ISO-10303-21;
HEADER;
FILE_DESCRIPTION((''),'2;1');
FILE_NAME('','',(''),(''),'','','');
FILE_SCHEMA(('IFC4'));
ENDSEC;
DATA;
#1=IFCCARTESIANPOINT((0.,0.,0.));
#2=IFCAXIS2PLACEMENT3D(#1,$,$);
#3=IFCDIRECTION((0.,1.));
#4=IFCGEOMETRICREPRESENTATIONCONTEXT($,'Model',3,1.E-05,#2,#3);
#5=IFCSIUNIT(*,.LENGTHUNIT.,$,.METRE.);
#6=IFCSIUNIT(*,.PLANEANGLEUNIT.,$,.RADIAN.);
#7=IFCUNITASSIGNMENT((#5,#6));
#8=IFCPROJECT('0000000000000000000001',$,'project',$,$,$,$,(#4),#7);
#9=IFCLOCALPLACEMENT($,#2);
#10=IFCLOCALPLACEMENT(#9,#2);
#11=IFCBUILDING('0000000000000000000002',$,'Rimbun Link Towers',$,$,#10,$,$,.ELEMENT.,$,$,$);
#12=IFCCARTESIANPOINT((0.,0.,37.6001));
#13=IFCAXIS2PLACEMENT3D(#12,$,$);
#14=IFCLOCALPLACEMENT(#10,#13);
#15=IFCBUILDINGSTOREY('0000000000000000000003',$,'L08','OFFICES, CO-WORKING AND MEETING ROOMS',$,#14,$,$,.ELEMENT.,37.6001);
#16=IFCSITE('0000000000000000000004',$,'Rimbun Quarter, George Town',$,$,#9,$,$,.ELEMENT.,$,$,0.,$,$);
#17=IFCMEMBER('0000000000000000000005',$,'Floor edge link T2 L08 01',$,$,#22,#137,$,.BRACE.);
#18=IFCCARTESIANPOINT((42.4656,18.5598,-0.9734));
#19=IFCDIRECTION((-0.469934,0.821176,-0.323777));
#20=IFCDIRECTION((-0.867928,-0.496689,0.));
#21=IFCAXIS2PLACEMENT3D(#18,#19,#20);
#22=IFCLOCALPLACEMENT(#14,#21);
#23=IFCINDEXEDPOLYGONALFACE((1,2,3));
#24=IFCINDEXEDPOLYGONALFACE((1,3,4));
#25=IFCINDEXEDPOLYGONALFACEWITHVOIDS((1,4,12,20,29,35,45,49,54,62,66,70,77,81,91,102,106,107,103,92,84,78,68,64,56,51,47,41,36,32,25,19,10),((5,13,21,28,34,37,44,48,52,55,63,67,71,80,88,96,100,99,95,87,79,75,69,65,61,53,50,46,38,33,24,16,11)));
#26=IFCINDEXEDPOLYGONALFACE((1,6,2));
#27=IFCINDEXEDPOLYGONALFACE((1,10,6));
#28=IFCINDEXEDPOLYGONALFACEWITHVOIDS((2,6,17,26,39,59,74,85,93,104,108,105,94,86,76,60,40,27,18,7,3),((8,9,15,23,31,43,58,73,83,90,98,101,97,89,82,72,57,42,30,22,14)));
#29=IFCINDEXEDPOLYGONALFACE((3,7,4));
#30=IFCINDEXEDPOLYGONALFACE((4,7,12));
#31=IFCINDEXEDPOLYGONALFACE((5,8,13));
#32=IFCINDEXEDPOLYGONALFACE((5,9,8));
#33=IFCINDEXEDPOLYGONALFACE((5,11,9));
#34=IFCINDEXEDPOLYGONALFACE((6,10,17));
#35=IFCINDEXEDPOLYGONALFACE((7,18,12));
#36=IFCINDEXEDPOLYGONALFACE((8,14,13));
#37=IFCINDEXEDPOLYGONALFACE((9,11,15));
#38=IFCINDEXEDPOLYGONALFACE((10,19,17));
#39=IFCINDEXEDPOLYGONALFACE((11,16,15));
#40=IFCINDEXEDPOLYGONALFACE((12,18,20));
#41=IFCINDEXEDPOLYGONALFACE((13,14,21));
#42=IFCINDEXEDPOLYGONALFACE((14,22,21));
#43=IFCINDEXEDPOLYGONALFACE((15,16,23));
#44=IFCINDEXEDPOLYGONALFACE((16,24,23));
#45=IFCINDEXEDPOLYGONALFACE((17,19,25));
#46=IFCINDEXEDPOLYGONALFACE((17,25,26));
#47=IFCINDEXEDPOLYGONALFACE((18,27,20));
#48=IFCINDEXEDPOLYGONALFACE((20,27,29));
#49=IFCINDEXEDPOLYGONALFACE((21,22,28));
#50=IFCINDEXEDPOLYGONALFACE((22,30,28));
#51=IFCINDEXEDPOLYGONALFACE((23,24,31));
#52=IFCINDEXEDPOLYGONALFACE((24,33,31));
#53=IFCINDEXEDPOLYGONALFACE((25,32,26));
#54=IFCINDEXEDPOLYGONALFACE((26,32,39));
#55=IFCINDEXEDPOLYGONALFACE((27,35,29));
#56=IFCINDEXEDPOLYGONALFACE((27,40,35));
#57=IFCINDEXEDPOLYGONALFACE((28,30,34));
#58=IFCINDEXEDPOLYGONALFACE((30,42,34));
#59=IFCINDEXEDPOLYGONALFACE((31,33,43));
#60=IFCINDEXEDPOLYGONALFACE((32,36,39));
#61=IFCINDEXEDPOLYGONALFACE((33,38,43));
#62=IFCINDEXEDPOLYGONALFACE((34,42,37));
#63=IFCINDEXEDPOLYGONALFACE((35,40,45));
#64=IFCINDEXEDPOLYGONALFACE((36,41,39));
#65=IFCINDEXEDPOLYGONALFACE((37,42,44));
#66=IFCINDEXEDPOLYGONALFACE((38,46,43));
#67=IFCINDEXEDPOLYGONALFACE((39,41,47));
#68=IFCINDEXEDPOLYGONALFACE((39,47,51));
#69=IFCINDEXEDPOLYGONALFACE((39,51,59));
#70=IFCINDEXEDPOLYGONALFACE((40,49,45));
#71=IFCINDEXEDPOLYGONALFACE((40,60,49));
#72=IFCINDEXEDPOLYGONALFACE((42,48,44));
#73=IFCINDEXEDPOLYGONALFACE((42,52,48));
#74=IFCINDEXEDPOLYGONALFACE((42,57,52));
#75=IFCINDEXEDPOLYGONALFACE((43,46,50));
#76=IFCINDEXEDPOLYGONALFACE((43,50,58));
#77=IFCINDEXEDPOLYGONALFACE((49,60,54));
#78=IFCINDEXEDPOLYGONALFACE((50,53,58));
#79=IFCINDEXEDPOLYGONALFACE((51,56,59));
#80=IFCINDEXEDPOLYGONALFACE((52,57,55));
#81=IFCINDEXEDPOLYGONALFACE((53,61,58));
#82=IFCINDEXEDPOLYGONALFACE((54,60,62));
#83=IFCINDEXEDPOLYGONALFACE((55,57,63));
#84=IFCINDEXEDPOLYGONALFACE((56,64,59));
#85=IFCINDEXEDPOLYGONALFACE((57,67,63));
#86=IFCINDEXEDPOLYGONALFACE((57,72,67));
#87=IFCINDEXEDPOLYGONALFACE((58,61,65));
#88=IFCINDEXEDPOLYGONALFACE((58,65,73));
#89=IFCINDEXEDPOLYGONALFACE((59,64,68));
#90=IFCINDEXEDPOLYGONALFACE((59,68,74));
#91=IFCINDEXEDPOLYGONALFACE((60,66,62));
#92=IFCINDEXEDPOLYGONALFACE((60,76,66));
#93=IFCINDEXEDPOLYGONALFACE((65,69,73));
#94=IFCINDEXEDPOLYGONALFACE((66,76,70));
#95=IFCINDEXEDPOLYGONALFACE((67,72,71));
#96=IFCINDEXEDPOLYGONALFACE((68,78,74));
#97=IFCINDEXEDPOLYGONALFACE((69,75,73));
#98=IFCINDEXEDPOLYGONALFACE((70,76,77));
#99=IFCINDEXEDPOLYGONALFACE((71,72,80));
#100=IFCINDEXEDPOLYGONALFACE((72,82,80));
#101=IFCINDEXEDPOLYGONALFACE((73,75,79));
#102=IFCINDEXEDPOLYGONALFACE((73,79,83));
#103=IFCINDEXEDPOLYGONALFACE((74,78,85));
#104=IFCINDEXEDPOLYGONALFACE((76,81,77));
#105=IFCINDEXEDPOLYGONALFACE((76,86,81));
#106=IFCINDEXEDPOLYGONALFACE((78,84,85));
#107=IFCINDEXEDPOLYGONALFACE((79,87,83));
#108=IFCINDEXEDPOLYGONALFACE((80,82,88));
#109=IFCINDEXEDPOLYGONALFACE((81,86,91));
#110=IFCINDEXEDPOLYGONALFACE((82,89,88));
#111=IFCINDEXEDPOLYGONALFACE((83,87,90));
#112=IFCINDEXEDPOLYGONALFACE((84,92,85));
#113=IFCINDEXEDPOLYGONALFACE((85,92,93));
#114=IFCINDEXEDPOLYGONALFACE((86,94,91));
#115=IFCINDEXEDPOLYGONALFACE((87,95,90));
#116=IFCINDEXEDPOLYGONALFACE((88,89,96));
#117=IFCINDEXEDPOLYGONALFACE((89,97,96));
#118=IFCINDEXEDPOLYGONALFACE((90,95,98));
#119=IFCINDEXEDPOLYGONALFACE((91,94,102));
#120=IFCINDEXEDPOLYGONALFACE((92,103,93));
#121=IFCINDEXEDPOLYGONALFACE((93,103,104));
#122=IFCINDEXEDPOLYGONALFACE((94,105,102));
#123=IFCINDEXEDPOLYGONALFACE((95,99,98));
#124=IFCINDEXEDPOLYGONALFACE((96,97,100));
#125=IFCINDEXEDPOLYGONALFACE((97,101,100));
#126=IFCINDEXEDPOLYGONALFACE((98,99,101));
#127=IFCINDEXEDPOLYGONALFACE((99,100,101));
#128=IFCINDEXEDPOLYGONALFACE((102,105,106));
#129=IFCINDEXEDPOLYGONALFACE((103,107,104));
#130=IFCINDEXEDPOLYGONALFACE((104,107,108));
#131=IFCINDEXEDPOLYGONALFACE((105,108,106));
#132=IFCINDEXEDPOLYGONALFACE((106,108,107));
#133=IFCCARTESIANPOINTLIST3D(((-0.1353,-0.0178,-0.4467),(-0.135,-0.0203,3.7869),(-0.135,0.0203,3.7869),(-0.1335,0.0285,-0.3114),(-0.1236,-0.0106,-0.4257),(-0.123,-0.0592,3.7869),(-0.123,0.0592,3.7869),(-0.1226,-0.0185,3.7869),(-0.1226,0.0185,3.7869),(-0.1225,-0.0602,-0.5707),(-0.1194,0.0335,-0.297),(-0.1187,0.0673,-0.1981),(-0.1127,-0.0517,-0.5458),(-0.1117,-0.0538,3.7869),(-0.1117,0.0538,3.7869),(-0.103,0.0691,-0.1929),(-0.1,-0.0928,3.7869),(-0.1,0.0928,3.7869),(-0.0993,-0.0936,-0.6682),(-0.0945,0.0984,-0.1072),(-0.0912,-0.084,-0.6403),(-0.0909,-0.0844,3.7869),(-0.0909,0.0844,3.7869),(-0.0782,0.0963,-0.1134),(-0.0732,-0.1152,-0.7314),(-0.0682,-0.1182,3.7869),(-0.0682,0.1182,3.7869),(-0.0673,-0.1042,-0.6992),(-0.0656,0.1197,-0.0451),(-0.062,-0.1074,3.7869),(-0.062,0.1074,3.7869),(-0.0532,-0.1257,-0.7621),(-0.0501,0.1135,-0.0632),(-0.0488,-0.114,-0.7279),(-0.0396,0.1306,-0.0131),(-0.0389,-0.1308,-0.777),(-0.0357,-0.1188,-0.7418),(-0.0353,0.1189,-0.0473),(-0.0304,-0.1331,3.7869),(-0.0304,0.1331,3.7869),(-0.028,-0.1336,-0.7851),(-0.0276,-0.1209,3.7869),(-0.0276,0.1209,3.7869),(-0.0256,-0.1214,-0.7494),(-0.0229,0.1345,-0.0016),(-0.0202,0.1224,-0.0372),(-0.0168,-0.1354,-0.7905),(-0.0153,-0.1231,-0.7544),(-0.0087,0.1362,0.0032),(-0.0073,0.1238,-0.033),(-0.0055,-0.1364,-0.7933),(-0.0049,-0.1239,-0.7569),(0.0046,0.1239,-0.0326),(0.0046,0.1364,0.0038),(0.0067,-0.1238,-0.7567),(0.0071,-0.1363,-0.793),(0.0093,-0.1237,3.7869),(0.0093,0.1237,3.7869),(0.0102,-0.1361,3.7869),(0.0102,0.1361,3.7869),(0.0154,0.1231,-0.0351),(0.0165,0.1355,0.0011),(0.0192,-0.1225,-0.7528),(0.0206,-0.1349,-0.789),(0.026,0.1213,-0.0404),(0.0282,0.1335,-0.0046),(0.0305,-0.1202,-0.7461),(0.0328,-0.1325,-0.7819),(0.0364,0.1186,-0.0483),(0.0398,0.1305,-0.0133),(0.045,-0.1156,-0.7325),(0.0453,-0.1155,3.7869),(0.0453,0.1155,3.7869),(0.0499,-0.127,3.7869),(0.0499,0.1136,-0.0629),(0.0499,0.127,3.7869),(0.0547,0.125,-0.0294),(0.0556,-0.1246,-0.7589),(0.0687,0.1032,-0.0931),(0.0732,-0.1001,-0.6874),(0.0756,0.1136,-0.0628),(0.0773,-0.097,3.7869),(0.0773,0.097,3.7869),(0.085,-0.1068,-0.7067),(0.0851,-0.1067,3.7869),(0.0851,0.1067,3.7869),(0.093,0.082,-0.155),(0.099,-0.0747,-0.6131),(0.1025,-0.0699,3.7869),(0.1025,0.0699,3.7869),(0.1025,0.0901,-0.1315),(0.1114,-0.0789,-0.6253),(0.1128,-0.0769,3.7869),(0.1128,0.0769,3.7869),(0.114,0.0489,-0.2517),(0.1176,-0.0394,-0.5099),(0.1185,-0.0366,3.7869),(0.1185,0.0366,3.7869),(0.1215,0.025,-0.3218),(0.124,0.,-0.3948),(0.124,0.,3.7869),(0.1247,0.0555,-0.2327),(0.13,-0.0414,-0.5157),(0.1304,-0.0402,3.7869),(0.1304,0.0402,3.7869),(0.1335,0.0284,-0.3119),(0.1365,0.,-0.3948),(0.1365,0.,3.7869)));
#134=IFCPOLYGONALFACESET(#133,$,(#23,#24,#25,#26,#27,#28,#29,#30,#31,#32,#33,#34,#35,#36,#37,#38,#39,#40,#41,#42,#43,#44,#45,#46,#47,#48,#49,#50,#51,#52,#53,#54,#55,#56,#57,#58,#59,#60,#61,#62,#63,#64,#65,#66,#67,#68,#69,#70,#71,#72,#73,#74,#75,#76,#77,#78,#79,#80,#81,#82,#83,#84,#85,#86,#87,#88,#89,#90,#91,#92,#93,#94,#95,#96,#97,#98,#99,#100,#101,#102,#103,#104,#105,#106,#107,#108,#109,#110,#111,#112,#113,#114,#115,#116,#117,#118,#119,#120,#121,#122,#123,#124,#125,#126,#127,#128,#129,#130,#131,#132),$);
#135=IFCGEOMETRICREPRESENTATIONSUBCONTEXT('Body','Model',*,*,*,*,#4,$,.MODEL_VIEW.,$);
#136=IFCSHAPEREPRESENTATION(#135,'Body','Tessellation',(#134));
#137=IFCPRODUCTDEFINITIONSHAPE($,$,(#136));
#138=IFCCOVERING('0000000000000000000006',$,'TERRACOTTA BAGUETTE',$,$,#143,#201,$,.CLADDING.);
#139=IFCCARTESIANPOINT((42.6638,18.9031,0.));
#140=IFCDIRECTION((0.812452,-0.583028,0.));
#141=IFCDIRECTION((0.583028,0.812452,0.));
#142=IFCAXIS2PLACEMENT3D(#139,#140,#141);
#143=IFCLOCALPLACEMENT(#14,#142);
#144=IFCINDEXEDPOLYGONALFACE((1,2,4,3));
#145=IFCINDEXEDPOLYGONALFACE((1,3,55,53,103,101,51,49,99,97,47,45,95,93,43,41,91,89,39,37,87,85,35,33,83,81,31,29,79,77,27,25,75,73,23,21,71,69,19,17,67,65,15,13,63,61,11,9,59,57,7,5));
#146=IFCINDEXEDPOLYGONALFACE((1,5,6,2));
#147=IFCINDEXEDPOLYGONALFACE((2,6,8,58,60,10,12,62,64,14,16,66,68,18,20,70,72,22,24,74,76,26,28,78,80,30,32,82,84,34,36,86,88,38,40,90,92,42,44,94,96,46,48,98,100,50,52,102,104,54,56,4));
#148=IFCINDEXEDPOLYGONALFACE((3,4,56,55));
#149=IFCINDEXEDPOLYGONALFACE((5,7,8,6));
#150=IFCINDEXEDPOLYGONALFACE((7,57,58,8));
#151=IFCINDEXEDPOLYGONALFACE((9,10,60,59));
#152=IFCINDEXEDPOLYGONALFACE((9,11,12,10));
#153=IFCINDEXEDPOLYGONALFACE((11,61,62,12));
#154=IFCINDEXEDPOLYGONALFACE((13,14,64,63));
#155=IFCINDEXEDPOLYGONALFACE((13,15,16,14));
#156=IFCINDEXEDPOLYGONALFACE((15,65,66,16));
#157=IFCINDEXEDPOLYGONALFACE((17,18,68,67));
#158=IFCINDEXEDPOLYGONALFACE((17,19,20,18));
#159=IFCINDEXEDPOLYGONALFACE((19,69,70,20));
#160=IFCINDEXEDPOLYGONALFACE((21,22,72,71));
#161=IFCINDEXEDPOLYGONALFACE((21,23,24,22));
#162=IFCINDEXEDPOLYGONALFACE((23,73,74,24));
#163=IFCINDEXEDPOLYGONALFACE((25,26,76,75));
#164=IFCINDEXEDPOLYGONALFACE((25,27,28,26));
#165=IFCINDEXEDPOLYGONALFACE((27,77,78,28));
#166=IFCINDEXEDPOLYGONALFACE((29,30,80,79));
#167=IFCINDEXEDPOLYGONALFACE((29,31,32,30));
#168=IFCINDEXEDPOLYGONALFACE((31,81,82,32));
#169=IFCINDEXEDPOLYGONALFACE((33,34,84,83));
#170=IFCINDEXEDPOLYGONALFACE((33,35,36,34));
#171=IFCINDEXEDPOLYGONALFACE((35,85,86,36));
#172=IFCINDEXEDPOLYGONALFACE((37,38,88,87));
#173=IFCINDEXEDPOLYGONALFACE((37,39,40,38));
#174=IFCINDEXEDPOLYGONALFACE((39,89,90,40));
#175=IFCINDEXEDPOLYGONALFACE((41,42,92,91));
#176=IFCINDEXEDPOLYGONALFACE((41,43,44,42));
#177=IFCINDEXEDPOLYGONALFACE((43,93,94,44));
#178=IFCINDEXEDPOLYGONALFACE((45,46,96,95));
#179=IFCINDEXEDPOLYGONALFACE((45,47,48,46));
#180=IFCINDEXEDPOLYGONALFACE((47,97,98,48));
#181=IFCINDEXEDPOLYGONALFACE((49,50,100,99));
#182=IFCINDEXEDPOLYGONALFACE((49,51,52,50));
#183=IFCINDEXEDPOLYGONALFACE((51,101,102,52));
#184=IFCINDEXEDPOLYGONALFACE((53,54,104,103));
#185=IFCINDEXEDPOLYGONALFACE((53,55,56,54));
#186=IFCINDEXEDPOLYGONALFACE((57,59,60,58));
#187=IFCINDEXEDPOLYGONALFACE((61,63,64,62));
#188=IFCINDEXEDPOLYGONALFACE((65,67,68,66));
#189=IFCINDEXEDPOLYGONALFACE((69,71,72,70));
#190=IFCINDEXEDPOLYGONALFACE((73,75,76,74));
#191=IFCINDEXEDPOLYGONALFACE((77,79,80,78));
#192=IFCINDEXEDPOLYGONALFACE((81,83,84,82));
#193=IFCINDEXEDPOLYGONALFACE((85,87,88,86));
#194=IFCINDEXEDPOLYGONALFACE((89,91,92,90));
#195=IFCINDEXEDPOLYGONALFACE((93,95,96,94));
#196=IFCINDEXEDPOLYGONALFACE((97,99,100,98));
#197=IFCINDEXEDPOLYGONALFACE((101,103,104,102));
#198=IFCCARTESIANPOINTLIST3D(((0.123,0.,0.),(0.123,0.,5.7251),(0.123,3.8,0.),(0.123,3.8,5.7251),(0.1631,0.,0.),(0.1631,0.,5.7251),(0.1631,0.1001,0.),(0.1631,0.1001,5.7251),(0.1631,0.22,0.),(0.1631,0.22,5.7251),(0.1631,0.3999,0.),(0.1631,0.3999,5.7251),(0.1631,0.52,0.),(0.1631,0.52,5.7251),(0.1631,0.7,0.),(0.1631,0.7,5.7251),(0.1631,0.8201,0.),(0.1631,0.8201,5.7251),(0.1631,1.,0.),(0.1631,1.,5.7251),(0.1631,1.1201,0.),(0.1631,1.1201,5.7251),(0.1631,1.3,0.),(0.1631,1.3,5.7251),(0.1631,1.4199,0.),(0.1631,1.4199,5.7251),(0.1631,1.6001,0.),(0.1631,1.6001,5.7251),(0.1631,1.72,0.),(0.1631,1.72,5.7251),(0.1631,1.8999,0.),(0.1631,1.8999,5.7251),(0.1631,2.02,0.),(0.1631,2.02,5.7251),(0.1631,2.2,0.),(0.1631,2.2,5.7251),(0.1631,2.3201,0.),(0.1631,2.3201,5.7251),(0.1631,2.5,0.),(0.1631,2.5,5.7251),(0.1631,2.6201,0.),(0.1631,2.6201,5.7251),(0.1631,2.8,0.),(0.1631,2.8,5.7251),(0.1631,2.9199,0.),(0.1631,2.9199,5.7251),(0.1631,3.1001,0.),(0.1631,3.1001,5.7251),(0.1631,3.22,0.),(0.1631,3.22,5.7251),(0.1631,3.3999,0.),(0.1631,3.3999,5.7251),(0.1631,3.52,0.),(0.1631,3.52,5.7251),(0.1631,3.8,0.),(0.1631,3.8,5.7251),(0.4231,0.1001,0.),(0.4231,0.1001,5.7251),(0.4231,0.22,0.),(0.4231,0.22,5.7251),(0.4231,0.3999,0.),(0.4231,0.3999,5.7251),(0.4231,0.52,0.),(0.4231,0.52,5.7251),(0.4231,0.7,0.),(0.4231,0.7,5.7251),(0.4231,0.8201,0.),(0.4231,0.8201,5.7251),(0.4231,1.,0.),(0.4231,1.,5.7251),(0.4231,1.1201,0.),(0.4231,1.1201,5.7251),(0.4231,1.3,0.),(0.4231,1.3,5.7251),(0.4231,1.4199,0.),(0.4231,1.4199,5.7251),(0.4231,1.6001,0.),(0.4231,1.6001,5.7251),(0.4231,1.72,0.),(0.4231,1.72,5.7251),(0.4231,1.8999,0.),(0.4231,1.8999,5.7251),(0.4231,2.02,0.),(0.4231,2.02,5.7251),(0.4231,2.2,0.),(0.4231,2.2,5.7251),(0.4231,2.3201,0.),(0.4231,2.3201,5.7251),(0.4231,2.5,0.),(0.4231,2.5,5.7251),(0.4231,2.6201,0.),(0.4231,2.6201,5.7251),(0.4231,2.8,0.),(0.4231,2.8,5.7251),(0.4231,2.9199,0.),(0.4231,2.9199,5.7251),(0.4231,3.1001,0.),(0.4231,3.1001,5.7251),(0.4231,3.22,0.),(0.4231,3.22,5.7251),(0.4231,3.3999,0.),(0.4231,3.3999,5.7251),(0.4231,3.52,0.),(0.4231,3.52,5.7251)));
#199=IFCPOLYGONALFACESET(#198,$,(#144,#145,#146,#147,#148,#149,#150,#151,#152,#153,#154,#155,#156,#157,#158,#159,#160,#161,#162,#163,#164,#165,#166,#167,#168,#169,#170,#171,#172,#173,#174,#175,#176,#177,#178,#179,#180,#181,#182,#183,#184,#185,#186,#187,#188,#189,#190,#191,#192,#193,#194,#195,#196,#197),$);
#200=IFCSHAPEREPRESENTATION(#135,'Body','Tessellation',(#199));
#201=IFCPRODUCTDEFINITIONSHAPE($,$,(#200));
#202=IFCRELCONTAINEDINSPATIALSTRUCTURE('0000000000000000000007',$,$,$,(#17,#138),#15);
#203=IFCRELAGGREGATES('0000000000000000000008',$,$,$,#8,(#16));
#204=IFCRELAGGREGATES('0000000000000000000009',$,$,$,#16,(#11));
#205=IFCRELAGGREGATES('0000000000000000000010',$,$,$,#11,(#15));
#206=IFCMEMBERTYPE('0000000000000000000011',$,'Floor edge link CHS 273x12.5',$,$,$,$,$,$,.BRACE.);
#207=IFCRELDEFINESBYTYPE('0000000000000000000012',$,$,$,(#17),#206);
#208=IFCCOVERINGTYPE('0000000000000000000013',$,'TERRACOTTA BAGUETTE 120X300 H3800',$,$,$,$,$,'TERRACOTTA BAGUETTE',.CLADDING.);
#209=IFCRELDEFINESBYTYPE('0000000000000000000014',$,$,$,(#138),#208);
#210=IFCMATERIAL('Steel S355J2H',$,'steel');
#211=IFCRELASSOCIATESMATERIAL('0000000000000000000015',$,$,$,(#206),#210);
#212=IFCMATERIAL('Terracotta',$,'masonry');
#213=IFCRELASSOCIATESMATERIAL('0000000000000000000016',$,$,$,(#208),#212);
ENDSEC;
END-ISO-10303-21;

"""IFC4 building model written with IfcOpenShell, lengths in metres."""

from ifc_helpers import new_model, si_unit, direction, frame, origin, origin_2d, place, context, subcontext, project, spatial, polyline, hollow_circle, outline, extrude, clip, halfspace, material, material_profile, profile_set, type_object, element, save


model = new_model("IFC4")

# Units and contexts
model_context = context("Model", 3, precision=1e-05, world=origin(), true_north=direction((0.0, 1.0)))
body_context = subcontext(model_context, "Body", "Model", "MODEL_VIEW")
ifc_project = project(units=[si_unit("LENGTHUNIT", "METRE"), si_unit("PLANEANGLEUNIT", "RADIAN")], contexts=[model_context])

# Site, building, storey
site_placement = place(None, origin())
site = spatial("IfcSite", under=ifc_project, at=site_placement, Name="Rimbun Quarter, George Town", CompositionType="ELEMENT", RefElevation=0.0)
building_placement = place(site_placement, origin())
building = spatial("IfcBuilding", under=site, at=building_placement, Name="Rimbun Link Towers", CompositionType="ELEMENT")
storey_placement = place(building_placement, frame((0.0, 0.0, 37.6001)))
storey = spatial("IfcBuildingStorey", under=building, at=storey_placement, Name="L08", Description="OFFICES, CO-WORKING AND MEETING ROOMS", CompositionType="ELEMENT", Elevation=37.6001)

# Member
ifc_material_1 = material(Name="Steel S355J2H", Category="steel")
ifc_material_profile_1 = material_profile(ifc_material_1, hollow_circle(Radius=0.1365, WallThickness=0.0125, at=origin_2d()), Name="CHS 273x12.5")
ifc_profile_set_1 = profile_set([ifc_material_profile_1], Name="Steel S355J2H")
member_type_1 = type_object("IfcMemberType", Name="Floor edge link CHS 273x12.5", PredefinedType="BRACE", material=ifc_profile_set_1)
member_1_placement = place(storey_placement, frame((42.4656, 18.5598, -0.9734), z_axis=(-0.469934, 0.821176, -0.323777), x_axis=(-0.867928, -0.496689, 0.0)))
element("IfcMember", 1, at=member_1_placement, inside=storey, type_object=member_type_1, Name="Floor edge link T2 L08 01", PredefinedType="BRACE", context=body_context, shape_type="Clipping", body=[
    clip(extrude(hollow_circle(Radius=0.1365, WallThickness=0.0125, at=origin_2d()), frame((0.0, 0.0, -0.8286)), (0.0, 0.0, 1.0), 4.6155), halfspace(frame((0.0, 0.0, -0.3948), z_axis=(0.0, 0.946133, -0.323777)), False)),
])

# Covering
ifc_material_2 = material(Name="Terracotta", Category="masonry")
ifc_material_profile_2 = material_profile(ifc_material_2, outline(polyline([(0.123, 0.0), (0.1631, 0.0), (0.1631, 0.1001), (0.4231, 0.1001), (0.4231, 0.22), (0.1631, 0.22), (0.1631, 0.3999), (0.4231, 0.3999), (0.4231, 0.52), (0.1631, 0.52), (0.1631, 0.7), (0.4231, 0.7), (0.4231, 0.8201), (0.1631, 0.8201), (0.1631, 1.0), (0.4231, 1.0), (0.4231, 1.1201), (0.1631, 1.1201), (0.1631, 1.3), (0.4231, 1.3), (0.4231, 1.4199), (0.1631, 1.4199), (0.1631, 1.6001), (0.4231, 1.6001), (0.4231, 1.72), (0.1631, 1.72), (0.1631, 1.8999), (0.4231, 1.8999), (0.4231, 2.02), (0.1631, 2.02), (0.1631, 2.2), (0.4231, 2.2), (0.4231, 2.3201), (0.1631, 2.3201), (0.1631, 2.5), (0.4231, 2.5), (0.4231, 2.6201), (0.1631, 2.6201), (0.1631, 2.8), (0.4231, 2.8), (0.4231, 2.9199), (0.1631, 2.9199), (0.1631, 3.1001), (0.4231, 3.1001), (0.4231, 3.22), (0.1631, 3.22), (0.1631, 3.3999), (0.4231, 3.3999), (0.4231, 3.52), (0.1631, 3.52), (0.1631, 3.8), (0.123, 3.8), (0.123, 0.0)])), Name="BAGUETTE 120X300")
ifc_profile_set_2 = profile_set([ifc_material_profile_2], Name="Terracotta")
covering_type = type_object("IfcCoveringType", Name="TERRACOTTA BAGUETTE 120X300 H3800", ElementType="TERRACOTTA BAGUETTE", PredefinedType="CLADDING", material=ifc_profile_set_2)
covering_placement = place(storey_placement, frame((42.6638, 18.9031, 0.0), z_axis=(0.812452, -0.583028, 0.0), x_axis=(0.583028, 0.812452, 0.0)))
element("IfcCovering", 2, at=covering_placement, inside=storey, type_object=covering_type, Name="TERRACOTTA BAGUETTE", PredefinedType="CLADDING", context=body_context, shape_type="SweptSolid", body=[
    extrude(outline(polyline([(0.123, 0.0), (0.1631, 0.0), (0.1631, 0.1001), (0.4231, 0.1001), (0.4231, 0.22), (0.1631, 0.22), (0.1631, 0.3999), (0.4231, 0.3999), (0.4231, 0.52), (0.1631, 0.52), (0.1631, 0.7), (0.4231, 0.7), (0.4231, 0.8201), (0.1631, 0.8201), (0.1631, 1.0), (0.4231, 1.0), (0.4231, 1.1201), (0.1631, 1.1201), (0.1631, 1.3), (0.4231, 1.3), (0.4231, 1.4199), (0.1631, 1.4199), (0.1631, 1.6001), (0.4231, 1.6001), (0.4231, 1.72), (0.1631, 1.72), (0.1631, 1.8999), (0.4231, 1.8999), (0.4231, 2.02), (0.1631, 2.02), (0.1631, 2.2), (0.4231, 2.2), (0.4231, 2.3201), (0.1631, 2.3201), (0.1631, 2.5), (0.4231, 2.5), (0.4231, 2.6201), (0.1631, 2.6201), (0.1631, 2.8), (0.4231, 2.8), (0.4231, 2.9199), (0.1631, 2.9199), (0.1631, 3.1001), (0.4231, 3.1001), (0.4231, 3.22), (0.1631, 3.22), (0.1631, 3.3999), (0.4231, 3.3999), (0.4231, 3.52), (0.1631, 3.52), (0.1631, 3.8), (0.123, 3.8), (0.123, 0.0)])), origin(), (0.0, 0.0, 1.0), 5.7251),
])

save(model, "model.ifc")
